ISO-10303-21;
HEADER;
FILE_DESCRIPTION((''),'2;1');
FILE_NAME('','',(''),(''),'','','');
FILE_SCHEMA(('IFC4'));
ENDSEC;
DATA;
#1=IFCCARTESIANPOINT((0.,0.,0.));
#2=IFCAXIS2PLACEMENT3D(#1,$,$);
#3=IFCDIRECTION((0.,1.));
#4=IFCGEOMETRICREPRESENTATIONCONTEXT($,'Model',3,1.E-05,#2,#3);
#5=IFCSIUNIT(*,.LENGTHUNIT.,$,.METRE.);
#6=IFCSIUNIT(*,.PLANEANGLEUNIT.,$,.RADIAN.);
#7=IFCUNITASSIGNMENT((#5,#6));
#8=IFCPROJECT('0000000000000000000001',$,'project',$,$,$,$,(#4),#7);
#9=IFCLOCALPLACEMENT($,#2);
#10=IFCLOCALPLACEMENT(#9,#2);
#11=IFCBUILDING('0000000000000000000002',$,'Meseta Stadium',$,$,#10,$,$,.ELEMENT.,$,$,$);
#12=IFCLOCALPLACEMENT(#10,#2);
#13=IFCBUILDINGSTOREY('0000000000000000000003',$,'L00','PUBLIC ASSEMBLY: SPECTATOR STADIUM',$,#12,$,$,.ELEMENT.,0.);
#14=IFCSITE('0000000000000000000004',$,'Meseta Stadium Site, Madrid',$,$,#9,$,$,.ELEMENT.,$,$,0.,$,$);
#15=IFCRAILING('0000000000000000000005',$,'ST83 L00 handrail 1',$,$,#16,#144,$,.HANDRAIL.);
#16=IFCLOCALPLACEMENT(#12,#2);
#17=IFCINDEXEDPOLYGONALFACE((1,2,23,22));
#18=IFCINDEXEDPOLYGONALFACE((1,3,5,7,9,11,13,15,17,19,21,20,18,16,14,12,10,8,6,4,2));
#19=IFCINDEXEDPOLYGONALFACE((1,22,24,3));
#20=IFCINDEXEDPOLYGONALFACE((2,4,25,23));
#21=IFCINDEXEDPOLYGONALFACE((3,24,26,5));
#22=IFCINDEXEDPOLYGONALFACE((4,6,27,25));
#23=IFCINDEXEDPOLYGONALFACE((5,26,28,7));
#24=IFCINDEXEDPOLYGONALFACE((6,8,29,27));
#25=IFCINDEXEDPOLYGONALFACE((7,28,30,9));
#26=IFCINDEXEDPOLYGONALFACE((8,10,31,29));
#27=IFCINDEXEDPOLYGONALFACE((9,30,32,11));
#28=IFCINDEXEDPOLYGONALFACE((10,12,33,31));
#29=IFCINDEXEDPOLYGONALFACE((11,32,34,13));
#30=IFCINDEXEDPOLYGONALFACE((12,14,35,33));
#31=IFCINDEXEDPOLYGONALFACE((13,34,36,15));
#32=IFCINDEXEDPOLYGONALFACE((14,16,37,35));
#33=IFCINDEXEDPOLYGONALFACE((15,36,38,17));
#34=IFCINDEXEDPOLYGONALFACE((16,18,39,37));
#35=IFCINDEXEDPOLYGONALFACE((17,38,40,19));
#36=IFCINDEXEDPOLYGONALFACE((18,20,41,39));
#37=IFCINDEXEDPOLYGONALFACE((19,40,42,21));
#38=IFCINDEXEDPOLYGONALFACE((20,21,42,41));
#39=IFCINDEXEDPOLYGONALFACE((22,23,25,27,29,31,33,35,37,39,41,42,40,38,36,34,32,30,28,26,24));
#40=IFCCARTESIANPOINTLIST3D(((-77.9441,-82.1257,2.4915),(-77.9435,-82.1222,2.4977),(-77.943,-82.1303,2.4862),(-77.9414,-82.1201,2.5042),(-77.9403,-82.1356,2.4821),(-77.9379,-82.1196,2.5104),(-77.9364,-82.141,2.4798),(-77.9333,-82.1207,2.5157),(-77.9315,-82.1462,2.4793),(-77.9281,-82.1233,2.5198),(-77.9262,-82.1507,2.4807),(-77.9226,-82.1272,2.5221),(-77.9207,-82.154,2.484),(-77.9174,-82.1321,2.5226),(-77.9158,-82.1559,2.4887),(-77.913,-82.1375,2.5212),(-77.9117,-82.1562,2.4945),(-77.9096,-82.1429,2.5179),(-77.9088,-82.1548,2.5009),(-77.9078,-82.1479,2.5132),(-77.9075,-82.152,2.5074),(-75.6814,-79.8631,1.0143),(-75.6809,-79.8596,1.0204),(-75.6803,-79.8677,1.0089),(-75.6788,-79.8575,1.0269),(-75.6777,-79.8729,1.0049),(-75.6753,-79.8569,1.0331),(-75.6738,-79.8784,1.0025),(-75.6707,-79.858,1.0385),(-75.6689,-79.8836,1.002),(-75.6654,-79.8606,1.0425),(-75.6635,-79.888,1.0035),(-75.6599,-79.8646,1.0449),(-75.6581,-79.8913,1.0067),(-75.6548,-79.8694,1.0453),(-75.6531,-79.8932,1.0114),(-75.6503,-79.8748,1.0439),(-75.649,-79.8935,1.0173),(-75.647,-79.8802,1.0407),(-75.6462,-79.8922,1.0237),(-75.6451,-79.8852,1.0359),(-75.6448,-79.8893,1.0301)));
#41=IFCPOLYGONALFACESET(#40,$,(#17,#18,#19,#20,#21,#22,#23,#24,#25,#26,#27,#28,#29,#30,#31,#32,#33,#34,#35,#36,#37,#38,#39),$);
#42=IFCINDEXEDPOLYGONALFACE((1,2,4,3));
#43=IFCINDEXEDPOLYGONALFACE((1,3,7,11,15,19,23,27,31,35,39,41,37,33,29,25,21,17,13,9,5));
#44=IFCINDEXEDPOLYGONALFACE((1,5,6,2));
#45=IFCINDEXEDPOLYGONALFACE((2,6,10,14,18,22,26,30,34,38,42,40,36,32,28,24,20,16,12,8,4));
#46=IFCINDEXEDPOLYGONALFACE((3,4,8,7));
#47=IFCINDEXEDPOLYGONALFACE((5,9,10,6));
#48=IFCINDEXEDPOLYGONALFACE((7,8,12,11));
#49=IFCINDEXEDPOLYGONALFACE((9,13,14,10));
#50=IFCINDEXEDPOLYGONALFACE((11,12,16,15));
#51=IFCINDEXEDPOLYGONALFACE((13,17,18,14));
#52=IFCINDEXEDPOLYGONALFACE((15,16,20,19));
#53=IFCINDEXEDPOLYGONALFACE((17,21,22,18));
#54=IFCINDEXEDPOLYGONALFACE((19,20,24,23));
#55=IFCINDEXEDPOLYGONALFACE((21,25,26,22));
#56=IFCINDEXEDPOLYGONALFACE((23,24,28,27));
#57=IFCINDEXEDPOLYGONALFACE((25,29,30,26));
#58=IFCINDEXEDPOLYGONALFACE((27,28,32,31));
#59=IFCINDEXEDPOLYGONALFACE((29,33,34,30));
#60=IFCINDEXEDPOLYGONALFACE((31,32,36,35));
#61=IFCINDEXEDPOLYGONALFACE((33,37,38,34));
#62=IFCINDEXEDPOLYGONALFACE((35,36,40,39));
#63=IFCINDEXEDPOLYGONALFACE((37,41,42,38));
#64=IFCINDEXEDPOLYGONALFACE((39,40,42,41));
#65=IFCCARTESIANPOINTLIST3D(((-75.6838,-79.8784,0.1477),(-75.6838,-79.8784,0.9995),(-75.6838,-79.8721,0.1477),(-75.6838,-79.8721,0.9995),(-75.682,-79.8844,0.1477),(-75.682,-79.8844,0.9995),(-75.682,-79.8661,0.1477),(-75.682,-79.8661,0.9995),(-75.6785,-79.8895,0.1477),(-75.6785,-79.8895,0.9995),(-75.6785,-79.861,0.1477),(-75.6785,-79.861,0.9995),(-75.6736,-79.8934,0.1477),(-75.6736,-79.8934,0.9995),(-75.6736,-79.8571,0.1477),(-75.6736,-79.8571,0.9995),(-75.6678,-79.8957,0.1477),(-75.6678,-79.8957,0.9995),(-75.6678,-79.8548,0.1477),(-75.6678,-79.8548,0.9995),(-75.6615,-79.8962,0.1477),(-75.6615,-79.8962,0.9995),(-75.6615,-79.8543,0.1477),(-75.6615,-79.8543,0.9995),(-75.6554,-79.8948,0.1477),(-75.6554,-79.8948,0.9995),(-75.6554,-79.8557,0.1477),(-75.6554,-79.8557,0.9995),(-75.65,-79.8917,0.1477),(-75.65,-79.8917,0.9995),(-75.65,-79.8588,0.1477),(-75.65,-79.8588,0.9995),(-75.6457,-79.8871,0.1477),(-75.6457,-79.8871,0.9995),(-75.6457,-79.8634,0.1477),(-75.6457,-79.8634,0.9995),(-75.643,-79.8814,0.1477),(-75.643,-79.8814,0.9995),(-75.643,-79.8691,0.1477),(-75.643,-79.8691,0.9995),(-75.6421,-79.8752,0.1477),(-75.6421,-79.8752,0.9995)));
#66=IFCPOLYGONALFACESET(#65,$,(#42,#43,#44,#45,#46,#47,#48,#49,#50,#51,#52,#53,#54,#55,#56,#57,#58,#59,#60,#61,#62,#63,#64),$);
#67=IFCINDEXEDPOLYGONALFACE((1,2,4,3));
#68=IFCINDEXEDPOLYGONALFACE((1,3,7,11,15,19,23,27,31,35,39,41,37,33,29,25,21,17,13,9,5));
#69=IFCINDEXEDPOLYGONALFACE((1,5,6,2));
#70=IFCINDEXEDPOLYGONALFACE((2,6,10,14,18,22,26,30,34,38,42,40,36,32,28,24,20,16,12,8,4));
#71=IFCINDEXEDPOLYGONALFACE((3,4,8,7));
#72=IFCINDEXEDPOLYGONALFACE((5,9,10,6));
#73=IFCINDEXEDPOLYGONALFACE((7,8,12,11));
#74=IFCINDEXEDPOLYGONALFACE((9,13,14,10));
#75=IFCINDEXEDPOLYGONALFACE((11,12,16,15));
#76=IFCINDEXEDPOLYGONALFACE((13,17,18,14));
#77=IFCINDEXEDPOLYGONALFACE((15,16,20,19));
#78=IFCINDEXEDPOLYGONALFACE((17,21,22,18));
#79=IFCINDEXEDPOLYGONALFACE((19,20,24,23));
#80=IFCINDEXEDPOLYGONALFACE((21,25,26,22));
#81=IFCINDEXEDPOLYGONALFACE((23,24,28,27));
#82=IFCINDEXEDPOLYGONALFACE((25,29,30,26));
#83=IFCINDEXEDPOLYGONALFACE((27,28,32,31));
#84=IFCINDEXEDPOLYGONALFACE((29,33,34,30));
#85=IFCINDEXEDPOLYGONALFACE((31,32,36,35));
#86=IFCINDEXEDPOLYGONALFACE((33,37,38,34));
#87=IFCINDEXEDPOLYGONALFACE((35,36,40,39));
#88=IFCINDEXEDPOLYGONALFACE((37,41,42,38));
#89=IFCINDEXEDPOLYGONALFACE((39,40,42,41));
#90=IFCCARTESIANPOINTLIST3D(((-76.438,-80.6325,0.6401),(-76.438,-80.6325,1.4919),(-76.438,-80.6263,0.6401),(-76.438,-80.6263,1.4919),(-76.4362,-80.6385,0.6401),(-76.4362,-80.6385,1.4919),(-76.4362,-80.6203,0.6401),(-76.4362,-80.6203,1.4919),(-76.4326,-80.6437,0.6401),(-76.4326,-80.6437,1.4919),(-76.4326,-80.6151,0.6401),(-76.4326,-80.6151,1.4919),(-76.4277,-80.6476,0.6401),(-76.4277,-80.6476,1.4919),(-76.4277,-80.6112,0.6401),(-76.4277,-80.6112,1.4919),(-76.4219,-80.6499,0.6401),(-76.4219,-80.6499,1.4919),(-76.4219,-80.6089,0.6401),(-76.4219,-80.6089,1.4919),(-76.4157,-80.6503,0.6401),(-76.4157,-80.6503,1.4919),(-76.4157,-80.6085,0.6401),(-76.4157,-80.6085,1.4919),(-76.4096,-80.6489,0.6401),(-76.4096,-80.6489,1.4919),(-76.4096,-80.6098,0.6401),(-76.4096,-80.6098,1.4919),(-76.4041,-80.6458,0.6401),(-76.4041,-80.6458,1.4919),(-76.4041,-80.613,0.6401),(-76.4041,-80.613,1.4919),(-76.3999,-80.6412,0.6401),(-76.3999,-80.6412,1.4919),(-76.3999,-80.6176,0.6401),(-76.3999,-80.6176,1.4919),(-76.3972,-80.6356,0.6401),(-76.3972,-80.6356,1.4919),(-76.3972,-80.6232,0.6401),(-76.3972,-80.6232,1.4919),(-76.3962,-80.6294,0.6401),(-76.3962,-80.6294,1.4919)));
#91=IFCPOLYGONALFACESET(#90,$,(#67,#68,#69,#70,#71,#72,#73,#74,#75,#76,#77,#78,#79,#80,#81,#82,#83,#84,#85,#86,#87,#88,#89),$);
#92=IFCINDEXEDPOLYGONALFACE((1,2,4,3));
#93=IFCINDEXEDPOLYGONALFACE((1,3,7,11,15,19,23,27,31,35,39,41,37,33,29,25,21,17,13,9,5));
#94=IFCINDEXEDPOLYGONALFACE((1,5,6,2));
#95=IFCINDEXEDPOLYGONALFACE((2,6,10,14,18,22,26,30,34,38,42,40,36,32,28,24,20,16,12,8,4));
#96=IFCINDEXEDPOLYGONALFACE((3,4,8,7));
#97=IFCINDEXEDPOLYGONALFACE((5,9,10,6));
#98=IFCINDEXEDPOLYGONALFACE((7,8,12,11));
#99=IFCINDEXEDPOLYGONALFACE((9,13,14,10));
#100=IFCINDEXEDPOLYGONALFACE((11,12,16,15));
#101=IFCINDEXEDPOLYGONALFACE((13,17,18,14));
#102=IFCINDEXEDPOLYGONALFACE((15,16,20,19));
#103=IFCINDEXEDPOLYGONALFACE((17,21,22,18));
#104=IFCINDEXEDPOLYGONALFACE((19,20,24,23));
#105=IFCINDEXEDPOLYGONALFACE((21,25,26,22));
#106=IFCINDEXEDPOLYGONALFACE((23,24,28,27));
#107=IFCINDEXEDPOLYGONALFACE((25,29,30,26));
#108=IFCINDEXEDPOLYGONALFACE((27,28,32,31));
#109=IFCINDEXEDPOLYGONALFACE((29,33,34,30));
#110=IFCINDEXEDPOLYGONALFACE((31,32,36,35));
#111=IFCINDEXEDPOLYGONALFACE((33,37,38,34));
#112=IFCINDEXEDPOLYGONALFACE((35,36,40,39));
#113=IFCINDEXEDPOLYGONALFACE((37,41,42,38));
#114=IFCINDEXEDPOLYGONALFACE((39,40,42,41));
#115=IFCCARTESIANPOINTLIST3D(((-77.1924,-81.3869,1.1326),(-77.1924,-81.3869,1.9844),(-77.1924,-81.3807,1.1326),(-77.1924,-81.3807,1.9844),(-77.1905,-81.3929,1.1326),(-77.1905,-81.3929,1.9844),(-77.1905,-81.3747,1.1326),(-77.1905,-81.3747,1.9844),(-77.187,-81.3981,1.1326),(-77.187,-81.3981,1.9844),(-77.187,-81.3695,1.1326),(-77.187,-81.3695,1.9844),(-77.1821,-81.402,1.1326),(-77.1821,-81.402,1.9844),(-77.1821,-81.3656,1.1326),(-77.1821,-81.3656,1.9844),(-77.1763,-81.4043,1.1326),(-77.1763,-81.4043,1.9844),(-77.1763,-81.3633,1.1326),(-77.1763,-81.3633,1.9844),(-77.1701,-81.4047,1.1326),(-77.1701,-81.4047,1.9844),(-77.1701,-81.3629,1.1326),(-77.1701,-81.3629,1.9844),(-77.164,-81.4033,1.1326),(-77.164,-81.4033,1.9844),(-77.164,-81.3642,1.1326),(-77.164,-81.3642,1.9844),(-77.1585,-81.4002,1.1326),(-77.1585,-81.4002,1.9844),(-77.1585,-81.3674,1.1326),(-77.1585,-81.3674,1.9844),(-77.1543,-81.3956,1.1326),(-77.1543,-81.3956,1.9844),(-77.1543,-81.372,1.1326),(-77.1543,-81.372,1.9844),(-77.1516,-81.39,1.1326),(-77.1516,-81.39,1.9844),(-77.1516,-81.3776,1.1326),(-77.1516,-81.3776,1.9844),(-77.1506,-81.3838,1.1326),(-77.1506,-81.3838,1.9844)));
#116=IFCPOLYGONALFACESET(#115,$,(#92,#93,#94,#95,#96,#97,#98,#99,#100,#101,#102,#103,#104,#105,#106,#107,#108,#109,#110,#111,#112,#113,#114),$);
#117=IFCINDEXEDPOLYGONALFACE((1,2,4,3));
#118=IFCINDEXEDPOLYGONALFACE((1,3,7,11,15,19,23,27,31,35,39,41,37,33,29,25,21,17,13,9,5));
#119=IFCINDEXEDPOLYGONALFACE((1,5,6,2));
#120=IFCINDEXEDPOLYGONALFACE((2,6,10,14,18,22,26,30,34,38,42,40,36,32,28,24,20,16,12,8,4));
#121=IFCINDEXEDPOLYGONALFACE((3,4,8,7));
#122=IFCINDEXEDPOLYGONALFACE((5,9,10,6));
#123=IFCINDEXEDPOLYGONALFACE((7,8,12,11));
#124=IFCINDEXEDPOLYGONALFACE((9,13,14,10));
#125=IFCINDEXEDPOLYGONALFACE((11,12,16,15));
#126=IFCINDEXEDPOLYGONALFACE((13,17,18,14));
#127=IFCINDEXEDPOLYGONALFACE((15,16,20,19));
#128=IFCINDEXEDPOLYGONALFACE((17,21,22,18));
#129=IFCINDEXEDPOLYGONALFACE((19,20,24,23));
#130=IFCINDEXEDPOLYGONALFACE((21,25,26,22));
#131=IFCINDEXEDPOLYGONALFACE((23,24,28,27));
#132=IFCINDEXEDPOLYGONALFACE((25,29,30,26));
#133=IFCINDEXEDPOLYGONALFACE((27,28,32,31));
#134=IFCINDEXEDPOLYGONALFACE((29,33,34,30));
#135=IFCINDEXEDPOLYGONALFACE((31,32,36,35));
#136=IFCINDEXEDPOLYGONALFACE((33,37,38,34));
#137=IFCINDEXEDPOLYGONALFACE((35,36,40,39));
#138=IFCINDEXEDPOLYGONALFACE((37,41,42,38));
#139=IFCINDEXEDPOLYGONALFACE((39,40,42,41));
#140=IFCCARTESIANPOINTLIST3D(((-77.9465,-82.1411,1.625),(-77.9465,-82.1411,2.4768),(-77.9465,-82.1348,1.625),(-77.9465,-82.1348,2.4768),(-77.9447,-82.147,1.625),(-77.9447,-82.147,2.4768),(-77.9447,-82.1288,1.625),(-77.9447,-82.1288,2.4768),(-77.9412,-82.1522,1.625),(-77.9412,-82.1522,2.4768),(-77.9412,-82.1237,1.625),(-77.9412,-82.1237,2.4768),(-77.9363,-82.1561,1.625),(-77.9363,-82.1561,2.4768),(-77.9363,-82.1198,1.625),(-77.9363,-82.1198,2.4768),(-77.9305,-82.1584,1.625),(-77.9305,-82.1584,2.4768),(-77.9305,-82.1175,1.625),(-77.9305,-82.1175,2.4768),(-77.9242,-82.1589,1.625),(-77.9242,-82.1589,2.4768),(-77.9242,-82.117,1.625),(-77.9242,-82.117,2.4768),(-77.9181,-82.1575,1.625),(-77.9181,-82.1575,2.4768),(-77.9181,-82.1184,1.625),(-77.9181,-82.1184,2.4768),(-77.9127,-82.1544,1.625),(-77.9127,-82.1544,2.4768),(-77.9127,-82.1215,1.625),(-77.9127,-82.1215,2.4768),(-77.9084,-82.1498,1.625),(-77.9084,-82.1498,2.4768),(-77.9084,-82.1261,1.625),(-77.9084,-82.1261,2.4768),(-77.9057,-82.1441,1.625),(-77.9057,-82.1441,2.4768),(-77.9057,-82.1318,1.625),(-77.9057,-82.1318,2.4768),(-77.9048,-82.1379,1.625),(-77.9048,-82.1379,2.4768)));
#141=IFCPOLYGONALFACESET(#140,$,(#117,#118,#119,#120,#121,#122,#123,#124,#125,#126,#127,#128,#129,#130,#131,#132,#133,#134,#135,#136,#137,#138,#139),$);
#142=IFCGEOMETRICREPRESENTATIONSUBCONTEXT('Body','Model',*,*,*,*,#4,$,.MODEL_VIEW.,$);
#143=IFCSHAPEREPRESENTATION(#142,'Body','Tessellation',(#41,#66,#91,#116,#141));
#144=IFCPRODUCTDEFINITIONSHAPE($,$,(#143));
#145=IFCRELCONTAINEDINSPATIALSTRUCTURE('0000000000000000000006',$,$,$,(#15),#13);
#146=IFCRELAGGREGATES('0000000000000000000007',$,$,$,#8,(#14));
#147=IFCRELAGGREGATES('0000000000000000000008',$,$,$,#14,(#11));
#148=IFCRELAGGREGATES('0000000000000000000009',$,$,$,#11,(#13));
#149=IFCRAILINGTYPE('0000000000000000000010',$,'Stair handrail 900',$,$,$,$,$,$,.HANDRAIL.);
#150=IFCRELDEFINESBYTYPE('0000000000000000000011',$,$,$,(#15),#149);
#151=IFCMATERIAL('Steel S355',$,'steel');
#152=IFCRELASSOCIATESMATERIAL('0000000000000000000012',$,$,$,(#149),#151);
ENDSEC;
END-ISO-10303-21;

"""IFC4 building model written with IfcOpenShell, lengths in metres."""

from ifc_helpers import new_model, si_unit, direction, frame, origin, origin_2d, place, context, subcontext, project, spatial, circle, extrude, material, type_object, element, save


model = new_model("IFC4")

# Units and contexts
model_context = context("Model", 3, precision=1e-05, world=origin(), true_north=direction((0.0, 1.0)))
body_context = subcontext(model_context, "Body", "Model", "MODEL_VIEW")
ifc_project = project(units=[si_unit("LENGTHUNIT", "METRE"), si_unit("PLANEANGLEUNIT", "RADIAN")], contexts=[model_context])

# Site, building, storey
site_placement = place(None, origin())
site = spatial("IfcSite", under=ifc_project, at=site_placement, Name="Meseta Stadium Site, Madrid", CompositionType="ELEMENT", RefElevation=0.0)
building_placement = place(site_placement, origin())
building = spatial("IfcBuilding", under=site, at=building_placement, Name="Meseta Stadium", CompositionType="ELEMENT")
storey_placement = place(building_placement, origin())
storey = spatial("IfcBuildingStorey", under=building, at=storey_placement, Name="L00", Description="PUBLIC ASSEMBLY: SPECTATOR STADIUM", CompositionType="ELEMENT", Elevation=0.0)

# Railing
ifc_material_1 = material(Name="Steel S355", Category="steel")
railing_type_1 = type_object("IfcRailingType", Name="Stair handrail 900", PredefinedType="HANDRAIL", material=ifc_material_1)
for number, where, name in (
    (1, (-75.6631, -79.8752, 0.1477), "ST83 L00 handrail 1"),
):
    element("IfcRailing", number, at=place(storey_placement, frame(where)), inside=storey, type_object=railing_type_1, Name=name, PredefinedType="HANDRAIL", context=body_context, shape_type="SweptSolid", body=[
        extrude(circle(Radius=0.0239, at=origin_2d()), frame((0.0, 0.0, 0.876), z_axis=(-0.641994, -0.641994, 0.419152), x_axis=(0.707107, -0.707107, 0.0)), (0.0, 0.0, 1.0), 3.5244),
        extrude(circle(Radius=0.021, at=origin_2d()), origin(), (0.0, 0.0, 1.0), 0.8518),
        extrude(circle(Radius=0.021, at=origin_2d()), frame((-0.7542, -0.7542, 0.4924)), (0.0, 0.0, 1.0), 0.8518),
        extrude(circle(Radius=0.021, at=origin_2d()), frame((-1.5085, -1.5085, 0.9849)), (0.0, 0.0, 1.0), 0.8518),
        extrude(circle(Radius=0.021, at=origin_2d()), frame((-2.2627, -2.2627, 1.4773)), (0.0, 0.0, 1.0), 0.8518),
    ])

save(model, "model.ifc")
